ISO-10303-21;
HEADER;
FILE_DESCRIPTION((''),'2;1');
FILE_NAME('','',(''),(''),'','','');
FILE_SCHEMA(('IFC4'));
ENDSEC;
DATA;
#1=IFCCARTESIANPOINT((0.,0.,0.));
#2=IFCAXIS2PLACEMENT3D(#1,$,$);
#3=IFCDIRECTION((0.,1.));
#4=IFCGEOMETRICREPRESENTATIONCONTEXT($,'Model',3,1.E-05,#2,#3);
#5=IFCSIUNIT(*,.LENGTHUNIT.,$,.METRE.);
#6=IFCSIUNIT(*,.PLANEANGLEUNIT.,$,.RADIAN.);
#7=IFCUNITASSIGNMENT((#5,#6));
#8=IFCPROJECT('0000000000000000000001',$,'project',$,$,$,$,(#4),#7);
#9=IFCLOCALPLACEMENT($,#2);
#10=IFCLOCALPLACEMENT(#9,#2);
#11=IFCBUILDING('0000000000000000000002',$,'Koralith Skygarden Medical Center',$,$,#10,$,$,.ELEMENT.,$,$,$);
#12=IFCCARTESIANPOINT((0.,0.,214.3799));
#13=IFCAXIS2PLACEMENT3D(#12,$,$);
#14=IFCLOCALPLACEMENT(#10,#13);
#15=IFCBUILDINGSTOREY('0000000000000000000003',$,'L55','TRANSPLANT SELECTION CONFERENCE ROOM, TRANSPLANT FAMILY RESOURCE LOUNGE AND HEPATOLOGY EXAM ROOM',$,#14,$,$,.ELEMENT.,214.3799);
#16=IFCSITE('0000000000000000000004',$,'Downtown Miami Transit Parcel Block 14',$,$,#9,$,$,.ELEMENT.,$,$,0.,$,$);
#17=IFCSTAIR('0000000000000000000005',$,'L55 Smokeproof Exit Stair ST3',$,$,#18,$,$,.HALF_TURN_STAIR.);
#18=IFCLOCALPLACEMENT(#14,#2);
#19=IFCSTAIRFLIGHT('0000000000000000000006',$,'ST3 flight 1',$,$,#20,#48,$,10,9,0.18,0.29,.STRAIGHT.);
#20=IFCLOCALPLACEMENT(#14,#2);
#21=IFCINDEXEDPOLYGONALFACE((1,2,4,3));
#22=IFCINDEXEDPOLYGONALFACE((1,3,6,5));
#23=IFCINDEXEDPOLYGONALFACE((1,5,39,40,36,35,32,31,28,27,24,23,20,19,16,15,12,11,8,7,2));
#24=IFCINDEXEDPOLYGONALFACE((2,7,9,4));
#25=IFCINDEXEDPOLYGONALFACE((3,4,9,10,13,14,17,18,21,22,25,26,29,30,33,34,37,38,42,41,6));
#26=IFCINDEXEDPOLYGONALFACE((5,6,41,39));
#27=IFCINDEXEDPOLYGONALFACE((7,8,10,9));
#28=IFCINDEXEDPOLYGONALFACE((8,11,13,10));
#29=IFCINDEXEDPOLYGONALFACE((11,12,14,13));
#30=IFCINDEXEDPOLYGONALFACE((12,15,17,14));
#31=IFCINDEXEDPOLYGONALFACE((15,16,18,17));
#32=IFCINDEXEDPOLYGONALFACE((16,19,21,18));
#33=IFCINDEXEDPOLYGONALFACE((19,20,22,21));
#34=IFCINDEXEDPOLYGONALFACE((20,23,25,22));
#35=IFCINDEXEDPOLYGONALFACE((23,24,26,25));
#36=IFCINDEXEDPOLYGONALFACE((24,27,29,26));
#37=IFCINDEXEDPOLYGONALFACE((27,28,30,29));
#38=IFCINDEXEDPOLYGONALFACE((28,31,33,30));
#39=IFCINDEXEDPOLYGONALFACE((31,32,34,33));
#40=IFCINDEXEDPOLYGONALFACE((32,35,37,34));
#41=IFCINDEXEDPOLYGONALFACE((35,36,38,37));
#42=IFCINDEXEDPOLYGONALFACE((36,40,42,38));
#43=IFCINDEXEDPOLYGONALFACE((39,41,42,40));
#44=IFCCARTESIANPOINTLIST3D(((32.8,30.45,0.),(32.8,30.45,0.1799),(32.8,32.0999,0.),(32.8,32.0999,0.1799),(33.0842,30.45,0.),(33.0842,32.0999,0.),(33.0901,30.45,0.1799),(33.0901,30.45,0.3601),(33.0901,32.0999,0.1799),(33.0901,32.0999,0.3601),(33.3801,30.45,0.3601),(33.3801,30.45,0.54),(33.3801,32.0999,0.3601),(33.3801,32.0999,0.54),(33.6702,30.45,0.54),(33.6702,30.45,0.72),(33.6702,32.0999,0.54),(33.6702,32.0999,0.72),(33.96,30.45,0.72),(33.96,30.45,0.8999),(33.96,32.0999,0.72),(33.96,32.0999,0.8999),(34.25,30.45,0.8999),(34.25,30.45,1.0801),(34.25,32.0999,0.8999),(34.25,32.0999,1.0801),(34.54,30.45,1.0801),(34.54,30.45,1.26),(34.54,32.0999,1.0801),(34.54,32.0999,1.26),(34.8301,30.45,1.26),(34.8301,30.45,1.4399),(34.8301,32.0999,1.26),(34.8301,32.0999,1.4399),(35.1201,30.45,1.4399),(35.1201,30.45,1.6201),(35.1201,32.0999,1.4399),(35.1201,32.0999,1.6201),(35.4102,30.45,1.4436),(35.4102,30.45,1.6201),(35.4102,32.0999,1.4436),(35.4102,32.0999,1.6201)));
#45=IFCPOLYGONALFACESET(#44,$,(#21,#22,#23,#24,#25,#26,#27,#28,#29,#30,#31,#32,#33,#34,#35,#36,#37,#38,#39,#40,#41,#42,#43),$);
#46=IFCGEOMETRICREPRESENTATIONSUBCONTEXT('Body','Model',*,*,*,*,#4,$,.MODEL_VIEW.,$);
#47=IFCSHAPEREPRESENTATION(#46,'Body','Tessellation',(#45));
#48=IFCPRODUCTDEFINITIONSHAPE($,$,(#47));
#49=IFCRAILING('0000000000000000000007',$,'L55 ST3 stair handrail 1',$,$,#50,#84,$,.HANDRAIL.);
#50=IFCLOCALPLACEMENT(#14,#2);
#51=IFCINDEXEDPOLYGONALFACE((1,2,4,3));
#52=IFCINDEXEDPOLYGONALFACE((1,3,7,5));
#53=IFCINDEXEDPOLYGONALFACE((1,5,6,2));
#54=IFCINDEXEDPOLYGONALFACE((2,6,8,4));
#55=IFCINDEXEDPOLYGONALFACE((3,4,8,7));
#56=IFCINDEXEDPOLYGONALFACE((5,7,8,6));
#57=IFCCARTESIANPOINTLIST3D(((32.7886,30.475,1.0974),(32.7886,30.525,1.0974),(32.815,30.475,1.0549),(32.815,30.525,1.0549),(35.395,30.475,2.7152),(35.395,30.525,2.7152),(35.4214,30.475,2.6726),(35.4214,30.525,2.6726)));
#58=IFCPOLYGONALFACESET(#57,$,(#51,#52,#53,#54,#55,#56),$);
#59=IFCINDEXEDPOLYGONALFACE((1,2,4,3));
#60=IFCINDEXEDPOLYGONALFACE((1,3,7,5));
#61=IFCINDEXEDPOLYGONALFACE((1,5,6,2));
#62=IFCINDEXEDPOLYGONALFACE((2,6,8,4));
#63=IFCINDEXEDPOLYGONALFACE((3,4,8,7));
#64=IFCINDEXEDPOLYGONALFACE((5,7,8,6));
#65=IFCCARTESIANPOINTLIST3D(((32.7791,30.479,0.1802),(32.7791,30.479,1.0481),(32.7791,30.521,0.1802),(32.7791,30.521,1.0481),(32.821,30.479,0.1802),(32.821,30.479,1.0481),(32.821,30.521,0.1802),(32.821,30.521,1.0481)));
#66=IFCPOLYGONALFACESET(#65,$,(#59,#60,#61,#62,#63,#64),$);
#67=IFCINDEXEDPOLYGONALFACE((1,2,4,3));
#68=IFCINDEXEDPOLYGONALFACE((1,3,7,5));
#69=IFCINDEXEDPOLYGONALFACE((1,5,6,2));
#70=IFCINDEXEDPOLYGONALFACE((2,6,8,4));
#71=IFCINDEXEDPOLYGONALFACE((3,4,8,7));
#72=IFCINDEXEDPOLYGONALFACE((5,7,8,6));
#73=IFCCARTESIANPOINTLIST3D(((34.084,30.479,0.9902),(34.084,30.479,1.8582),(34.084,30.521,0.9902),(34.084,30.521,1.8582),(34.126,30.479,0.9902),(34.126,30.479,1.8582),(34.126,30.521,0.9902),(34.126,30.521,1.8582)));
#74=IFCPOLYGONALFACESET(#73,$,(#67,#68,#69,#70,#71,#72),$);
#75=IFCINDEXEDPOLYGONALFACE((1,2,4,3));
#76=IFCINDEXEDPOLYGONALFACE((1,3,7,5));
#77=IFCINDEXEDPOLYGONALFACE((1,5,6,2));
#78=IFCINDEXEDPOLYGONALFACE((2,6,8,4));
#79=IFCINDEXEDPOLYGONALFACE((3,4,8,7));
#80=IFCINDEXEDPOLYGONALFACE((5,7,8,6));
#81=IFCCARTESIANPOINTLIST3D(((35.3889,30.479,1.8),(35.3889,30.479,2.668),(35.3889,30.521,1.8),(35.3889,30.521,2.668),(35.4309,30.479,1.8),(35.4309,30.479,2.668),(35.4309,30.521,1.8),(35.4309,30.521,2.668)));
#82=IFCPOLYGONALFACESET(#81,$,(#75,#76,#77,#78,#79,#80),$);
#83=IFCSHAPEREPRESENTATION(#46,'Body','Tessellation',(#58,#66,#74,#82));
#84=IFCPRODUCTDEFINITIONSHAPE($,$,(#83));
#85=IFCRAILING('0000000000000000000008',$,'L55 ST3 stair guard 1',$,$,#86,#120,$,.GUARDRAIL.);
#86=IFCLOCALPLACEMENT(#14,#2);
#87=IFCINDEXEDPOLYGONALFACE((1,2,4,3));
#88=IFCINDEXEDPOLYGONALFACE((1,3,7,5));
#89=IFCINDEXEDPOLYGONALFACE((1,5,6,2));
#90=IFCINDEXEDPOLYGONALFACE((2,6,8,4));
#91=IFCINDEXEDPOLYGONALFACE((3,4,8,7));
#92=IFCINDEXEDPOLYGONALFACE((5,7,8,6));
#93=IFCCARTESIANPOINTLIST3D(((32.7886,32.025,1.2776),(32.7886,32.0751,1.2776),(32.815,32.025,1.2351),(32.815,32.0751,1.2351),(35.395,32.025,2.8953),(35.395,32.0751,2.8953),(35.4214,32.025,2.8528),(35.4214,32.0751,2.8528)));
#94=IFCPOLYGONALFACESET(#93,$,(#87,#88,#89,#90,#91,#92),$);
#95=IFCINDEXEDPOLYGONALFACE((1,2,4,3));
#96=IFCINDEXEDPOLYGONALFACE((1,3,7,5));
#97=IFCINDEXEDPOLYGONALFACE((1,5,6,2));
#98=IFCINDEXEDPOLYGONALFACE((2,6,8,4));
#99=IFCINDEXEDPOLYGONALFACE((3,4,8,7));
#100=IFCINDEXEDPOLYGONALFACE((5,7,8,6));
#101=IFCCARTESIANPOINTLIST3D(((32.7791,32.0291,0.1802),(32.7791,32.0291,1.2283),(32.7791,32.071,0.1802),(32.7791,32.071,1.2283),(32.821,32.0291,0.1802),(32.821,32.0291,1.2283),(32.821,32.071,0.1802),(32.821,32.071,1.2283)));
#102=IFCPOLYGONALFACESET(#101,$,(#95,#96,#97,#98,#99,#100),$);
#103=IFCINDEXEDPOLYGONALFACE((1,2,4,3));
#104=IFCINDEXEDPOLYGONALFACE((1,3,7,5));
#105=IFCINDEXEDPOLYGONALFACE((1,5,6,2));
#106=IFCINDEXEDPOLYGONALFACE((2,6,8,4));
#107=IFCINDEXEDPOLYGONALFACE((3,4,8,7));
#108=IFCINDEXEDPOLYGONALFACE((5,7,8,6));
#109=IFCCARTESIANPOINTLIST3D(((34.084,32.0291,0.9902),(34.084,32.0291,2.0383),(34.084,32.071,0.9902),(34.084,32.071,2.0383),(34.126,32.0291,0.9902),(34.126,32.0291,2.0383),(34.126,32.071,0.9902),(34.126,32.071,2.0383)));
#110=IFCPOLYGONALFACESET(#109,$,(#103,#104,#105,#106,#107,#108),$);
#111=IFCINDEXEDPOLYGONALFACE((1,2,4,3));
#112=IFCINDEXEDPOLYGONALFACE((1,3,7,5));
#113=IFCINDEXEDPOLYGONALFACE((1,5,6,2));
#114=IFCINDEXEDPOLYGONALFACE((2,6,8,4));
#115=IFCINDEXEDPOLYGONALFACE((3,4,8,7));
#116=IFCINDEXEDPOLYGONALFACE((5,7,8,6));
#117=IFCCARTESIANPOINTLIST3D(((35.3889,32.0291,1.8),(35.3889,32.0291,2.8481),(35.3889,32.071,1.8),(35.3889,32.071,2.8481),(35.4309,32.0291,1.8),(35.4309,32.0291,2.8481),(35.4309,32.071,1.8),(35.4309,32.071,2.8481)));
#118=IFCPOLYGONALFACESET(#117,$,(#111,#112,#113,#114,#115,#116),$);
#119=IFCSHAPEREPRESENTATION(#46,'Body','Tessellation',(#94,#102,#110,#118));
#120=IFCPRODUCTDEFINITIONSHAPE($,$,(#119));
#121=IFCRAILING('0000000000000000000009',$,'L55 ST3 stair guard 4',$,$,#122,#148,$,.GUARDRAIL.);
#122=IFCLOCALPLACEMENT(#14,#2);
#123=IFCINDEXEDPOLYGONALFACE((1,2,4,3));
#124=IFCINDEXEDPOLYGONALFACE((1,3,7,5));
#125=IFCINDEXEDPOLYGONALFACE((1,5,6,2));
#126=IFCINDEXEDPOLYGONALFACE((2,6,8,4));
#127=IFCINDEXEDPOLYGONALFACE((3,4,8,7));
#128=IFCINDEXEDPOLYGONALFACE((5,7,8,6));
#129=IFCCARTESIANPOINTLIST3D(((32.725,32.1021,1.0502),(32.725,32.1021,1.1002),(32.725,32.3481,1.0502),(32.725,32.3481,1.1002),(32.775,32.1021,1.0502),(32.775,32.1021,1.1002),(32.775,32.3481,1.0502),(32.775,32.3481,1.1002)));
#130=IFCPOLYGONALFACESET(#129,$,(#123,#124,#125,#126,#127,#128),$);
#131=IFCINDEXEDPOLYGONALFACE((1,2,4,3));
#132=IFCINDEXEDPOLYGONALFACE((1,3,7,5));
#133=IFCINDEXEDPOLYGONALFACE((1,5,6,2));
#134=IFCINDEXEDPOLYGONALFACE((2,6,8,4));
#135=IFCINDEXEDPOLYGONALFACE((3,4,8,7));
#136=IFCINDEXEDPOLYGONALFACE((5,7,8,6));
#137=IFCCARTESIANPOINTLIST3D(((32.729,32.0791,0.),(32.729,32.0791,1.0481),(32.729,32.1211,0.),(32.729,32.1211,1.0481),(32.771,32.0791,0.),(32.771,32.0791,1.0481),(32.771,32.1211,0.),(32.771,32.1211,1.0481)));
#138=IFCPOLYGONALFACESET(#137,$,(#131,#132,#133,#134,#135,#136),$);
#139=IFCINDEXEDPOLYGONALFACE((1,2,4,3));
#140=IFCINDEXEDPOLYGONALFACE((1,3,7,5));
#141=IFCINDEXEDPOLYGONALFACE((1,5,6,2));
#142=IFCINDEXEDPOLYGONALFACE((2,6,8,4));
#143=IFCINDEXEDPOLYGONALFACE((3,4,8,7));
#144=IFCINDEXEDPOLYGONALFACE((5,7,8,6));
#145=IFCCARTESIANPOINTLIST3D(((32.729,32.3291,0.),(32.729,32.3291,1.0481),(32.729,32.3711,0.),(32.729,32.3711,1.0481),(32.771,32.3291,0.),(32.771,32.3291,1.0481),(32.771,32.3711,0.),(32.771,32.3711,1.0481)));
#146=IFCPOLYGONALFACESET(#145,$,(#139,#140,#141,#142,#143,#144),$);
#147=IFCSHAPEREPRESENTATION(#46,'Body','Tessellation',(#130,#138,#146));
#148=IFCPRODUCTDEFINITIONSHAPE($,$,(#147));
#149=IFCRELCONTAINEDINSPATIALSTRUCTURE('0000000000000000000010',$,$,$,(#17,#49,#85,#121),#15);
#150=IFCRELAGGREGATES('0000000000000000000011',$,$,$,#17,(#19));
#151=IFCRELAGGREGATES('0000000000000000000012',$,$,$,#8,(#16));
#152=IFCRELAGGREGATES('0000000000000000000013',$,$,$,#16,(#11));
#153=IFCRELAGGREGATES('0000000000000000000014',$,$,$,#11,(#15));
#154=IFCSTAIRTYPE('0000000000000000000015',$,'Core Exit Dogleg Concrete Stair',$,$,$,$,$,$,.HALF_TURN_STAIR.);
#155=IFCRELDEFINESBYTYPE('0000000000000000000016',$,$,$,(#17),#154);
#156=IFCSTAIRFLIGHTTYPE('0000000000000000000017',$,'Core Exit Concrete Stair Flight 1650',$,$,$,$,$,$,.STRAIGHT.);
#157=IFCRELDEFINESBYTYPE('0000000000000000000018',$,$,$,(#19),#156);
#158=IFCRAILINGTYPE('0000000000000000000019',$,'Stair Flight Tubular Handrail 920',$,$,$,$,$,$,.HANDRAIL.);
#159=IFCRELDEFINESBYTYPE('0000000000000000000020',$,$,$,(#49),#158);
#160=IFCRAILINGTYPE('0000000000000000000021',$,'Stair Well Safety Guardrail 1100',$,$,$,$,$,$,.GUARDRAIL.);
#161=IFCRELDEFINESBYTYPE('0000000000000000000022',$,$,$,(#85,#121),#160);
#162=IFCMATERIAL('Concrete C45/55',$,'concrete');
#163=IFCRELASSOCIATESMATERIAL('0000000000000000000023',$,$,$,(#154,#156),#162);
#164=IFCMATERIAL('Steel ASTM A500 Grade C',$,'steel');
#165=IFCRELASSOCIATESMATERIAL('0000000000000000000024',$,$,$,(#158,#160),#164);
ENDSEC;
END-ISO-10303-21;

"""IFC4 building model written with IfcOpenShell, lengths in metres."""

from ifc_helpers import new_model, si_unit, direction, frame, origin, origin_2d, place, context, subcontext, project, spatial, polyline, rectangle, outline, extrude, material, type_object, element, aggregate, save


model = new_model("IFC4")

# Units and contexts
model_context = context("Model", 3, precision=1e-05, world=origin(), true_north=direction((0.0, 1.0)))
body_context = subcontext(model_context, "Body", "Model", "MODEL_VIEW")
ifc_project = project(units=[si_unit("LENGTHUNIT", "METRE"), si_unit("PLANEANGLEUNIT", "RADIAN")], contexts=[model_context])

# Site, building, storey
site_placement = place(None, origin())
site = spatial("IfcSite", under=ifc_project, at=site_placement, Name="Downtown Miami Transit Parcel Block 14", CompositionType="ELEMENT", RefElevation=0.0)
building_placement = place(site_placement, origin())
building = spatial("IfcBuilding", under=site, at=building_placement, Name="Koralith Skygarden Medical Center", CompositionType="ELEMENT")
storey_placement = place(building_placement, frame((0.0, 0.0, 214.3799)))
storey = spatial("IfcBuildingStorey", under=building, at=storey_placement, Name="L55", Description="TRANSPLANT SELECTION CONFERENCE ROOM, TRANSPLANT FAMILY RESOURCE LOUNGE AND HEPATOLOGY EXAM ROOM", CompositionType="ELEMENT", Elevation=214.3799)

# Shared definitions
ifc_material_1 = material(Name="Concrete C45/55", Category="concrete")

# Stair, stair flight
stair_type = type_object("IfcStairType", Name="Core Exit Dogleg Concrete Stair", PredefinedType="HALF_TURN_STAIR", material=ifc_material_1)
stair_placement = place(storey_placement, origin())
stair = element("IfcStair", 1, at=stair_placement, inside=storey, type_object=stair_type, Name="L55 Smokeproof Exit Stair ST3", PredefinedType="HALF_TURN_STAIR")
stair_flight_type = type_object("IfcStairFlightType", Name="Core Exit Concrete Stair Flight 1650", PredefinedType="STRAIGHT", material=ifc_material_1)
stair_flight_placement = place(storey_placement, frame((32.8, 31.2749, 0.0), z_axis=(0.0, 0.0, 1.0), x_axis=(1.0, 0.0, 0.0)))
stair_flight = element("IfcStairFlight", 2, at=stair_flight_placement, type_object=stair_flight_type, Name="ST3 flight 1", NumberOfRisers=10, NumberOfTreads=9, PredefinedType="STRAIGHT", RiserHeight=0.18, TreadLength=0.29, context=body_context, shape_type="SweptSolid", body=[
    extrude(outline(polyline([(0.0, 0.0), (0.0, 0.1799), (0.29, 0.1799), (0.29, 0.3601), (0.5801, 0.3601), (0.5801, 0.54), (0.8701, 0.54), (0.8701, 0.72), (1.1599, 0.72), (1.1599, 0.8999), (1.45, 0.8999), (1.45, 1.0801), (1.74, 1.0801), (1.74, 1.26), (2.03, 1.26), (2.03, 1.4399), (2.3201, 1.4399), (2.3201, 1.6201), (2.6101, 1.6201), (2.6101, 1.8), (2.6101, 1.4436), (0.2842, 0.0), (0.0, 0.0)])), frame((0.0, 0.825, 0.0), z_axis=(0.0, -1.0, 0.0), x_axis=(1.0, 0.0, 0.0)), (0.0, 0.0, 1.0), 1.6499),
])
aggregate(stair, [stair_flight])

# Railings
ifc_material_2 = material(Name="Steel ASTM A500 Grade C", Category="steel")
railing_type_1 = type_object("IfcRailingType", Name="Stair Flight Tubular Handrail 920", PredefinedType="HANDRAIL", material=ifc_material_2)
railing_1_placement = place(storey_placement, frame((32.8, 30.5, 0.1802)))
element("IfcRailing", 3, at=railing_1_placement, inside=storey, type_object=railing_type_1, Name="L55 ST3 stair handrail 1", PredefinedType="HANDRAIL", context=body_context, shape_type="SweptSolid", body=[
    extrude(rectangle(XDim=0.05, YDim=0.05, at=origin_2d()), frame((0.0017, 0.0, 0.896), z_axis=(0.849646, 0.0, 0.527353), x_axis=(0.0, 1.0, 0.0)), (0.0, 0.0, 1.0), 3.0676),
    extrude(rectangle(XDim=0.042, YDim=0.042, at=origin_2d()), origin(), (0.0, 0.0, 1.0), 0.8679),
    extrude(rectangle(XDim=0.042, YDim=0.042, at=origin_2d()), frame((1.3049, 0.0, 0.8101)), (0.0, 0.0, 1.0), 0.8679),
    extrude(rectangle(XDim=0.042, YDim=0.042, at=origin_2d()), frame((2.6099, 0.0, 1.6199)), (0.0, 0.0, 1.0), 0.8679),
])
railing_type_2 = type_object("IfcRailingType", Name="Stair Well Safety Guardrail 1100", PredefinedType="GUARDRAIL", material=ifc_material_2)
railing_2_placement = place(storey_placement, frame((32.8, 32.05, 0.1802)))
element("IfcRailing", 4, at=railing_2_placement, inside=storey, type_object=railing_type_2, Name="L55 ST3 stair guard 1", PredefinedType="GUARDRAIL", context=body_context, shape_type="SweptSolid", body=[
    extrude(rectangle(XDim=0.05, YDim=0.05, at=origin_2d()), frame((0.0017, 0.0, 1.0762), z_axis=(0.849646, 0.0, 0.527353), x_axis=(0.0, 1.0, 0.0)), (0.0, 0.0, 1.0), 3.0676),
    extrude(rectangle(XDim=0.042, YDim=0.042, at=origin_2d()), origin(), (0.0, 0.0, 1.0), 1.0481),
    extrude(rectangle(XDim=0.042, YDim=0.042, at=origin_2d()), frame((1.3049, 0.0, 0.8101)), (0.0, 0.0, 1.0), 1.0481),
    extrude(rectangle(XDim=0.042, YDim=0.042, at=origin_2d()), frame((2.6099, 0.0, 1.6199)), (0.0, 0.0, 1.0), 1.0481),
])
railing_3_placement = place(storey_placement, frame((32.75, 32.1001, 0.0)))
element("IfcRailing", 5, at=railing_3_placement, inside=storey, type_object=railing_type_2, Name="L55 ST3 stair guard 4", PredefinedType="GUARDRAIL", context=body_context, shape_type="SweptSolid", body=[
    extrude(rectangle(XDim=0.05, YDim=0.05, at=origin_2d()), frame((0.0, 0.002, 1.0752), z_axis=(0.0, 1.0, 0.0), x_axis=(-1.0, 0.0, 0.0)), (0.0, 0.0, 1.0), 0.2461),
    extrude(rectangle(XDim=0.042, YDim=0.042, at=origin_2d()), origin(), (0.0, 0.0, 1.0), 1.0481),
    extrude(rectangle(XDim=0.042, YDim=0.042, at=origin_2d()), frame((0.0, 0.25, 0.0)), (0.0, 0.0, 1.0), 1.0481),
])

save(model, "model.ifc")
